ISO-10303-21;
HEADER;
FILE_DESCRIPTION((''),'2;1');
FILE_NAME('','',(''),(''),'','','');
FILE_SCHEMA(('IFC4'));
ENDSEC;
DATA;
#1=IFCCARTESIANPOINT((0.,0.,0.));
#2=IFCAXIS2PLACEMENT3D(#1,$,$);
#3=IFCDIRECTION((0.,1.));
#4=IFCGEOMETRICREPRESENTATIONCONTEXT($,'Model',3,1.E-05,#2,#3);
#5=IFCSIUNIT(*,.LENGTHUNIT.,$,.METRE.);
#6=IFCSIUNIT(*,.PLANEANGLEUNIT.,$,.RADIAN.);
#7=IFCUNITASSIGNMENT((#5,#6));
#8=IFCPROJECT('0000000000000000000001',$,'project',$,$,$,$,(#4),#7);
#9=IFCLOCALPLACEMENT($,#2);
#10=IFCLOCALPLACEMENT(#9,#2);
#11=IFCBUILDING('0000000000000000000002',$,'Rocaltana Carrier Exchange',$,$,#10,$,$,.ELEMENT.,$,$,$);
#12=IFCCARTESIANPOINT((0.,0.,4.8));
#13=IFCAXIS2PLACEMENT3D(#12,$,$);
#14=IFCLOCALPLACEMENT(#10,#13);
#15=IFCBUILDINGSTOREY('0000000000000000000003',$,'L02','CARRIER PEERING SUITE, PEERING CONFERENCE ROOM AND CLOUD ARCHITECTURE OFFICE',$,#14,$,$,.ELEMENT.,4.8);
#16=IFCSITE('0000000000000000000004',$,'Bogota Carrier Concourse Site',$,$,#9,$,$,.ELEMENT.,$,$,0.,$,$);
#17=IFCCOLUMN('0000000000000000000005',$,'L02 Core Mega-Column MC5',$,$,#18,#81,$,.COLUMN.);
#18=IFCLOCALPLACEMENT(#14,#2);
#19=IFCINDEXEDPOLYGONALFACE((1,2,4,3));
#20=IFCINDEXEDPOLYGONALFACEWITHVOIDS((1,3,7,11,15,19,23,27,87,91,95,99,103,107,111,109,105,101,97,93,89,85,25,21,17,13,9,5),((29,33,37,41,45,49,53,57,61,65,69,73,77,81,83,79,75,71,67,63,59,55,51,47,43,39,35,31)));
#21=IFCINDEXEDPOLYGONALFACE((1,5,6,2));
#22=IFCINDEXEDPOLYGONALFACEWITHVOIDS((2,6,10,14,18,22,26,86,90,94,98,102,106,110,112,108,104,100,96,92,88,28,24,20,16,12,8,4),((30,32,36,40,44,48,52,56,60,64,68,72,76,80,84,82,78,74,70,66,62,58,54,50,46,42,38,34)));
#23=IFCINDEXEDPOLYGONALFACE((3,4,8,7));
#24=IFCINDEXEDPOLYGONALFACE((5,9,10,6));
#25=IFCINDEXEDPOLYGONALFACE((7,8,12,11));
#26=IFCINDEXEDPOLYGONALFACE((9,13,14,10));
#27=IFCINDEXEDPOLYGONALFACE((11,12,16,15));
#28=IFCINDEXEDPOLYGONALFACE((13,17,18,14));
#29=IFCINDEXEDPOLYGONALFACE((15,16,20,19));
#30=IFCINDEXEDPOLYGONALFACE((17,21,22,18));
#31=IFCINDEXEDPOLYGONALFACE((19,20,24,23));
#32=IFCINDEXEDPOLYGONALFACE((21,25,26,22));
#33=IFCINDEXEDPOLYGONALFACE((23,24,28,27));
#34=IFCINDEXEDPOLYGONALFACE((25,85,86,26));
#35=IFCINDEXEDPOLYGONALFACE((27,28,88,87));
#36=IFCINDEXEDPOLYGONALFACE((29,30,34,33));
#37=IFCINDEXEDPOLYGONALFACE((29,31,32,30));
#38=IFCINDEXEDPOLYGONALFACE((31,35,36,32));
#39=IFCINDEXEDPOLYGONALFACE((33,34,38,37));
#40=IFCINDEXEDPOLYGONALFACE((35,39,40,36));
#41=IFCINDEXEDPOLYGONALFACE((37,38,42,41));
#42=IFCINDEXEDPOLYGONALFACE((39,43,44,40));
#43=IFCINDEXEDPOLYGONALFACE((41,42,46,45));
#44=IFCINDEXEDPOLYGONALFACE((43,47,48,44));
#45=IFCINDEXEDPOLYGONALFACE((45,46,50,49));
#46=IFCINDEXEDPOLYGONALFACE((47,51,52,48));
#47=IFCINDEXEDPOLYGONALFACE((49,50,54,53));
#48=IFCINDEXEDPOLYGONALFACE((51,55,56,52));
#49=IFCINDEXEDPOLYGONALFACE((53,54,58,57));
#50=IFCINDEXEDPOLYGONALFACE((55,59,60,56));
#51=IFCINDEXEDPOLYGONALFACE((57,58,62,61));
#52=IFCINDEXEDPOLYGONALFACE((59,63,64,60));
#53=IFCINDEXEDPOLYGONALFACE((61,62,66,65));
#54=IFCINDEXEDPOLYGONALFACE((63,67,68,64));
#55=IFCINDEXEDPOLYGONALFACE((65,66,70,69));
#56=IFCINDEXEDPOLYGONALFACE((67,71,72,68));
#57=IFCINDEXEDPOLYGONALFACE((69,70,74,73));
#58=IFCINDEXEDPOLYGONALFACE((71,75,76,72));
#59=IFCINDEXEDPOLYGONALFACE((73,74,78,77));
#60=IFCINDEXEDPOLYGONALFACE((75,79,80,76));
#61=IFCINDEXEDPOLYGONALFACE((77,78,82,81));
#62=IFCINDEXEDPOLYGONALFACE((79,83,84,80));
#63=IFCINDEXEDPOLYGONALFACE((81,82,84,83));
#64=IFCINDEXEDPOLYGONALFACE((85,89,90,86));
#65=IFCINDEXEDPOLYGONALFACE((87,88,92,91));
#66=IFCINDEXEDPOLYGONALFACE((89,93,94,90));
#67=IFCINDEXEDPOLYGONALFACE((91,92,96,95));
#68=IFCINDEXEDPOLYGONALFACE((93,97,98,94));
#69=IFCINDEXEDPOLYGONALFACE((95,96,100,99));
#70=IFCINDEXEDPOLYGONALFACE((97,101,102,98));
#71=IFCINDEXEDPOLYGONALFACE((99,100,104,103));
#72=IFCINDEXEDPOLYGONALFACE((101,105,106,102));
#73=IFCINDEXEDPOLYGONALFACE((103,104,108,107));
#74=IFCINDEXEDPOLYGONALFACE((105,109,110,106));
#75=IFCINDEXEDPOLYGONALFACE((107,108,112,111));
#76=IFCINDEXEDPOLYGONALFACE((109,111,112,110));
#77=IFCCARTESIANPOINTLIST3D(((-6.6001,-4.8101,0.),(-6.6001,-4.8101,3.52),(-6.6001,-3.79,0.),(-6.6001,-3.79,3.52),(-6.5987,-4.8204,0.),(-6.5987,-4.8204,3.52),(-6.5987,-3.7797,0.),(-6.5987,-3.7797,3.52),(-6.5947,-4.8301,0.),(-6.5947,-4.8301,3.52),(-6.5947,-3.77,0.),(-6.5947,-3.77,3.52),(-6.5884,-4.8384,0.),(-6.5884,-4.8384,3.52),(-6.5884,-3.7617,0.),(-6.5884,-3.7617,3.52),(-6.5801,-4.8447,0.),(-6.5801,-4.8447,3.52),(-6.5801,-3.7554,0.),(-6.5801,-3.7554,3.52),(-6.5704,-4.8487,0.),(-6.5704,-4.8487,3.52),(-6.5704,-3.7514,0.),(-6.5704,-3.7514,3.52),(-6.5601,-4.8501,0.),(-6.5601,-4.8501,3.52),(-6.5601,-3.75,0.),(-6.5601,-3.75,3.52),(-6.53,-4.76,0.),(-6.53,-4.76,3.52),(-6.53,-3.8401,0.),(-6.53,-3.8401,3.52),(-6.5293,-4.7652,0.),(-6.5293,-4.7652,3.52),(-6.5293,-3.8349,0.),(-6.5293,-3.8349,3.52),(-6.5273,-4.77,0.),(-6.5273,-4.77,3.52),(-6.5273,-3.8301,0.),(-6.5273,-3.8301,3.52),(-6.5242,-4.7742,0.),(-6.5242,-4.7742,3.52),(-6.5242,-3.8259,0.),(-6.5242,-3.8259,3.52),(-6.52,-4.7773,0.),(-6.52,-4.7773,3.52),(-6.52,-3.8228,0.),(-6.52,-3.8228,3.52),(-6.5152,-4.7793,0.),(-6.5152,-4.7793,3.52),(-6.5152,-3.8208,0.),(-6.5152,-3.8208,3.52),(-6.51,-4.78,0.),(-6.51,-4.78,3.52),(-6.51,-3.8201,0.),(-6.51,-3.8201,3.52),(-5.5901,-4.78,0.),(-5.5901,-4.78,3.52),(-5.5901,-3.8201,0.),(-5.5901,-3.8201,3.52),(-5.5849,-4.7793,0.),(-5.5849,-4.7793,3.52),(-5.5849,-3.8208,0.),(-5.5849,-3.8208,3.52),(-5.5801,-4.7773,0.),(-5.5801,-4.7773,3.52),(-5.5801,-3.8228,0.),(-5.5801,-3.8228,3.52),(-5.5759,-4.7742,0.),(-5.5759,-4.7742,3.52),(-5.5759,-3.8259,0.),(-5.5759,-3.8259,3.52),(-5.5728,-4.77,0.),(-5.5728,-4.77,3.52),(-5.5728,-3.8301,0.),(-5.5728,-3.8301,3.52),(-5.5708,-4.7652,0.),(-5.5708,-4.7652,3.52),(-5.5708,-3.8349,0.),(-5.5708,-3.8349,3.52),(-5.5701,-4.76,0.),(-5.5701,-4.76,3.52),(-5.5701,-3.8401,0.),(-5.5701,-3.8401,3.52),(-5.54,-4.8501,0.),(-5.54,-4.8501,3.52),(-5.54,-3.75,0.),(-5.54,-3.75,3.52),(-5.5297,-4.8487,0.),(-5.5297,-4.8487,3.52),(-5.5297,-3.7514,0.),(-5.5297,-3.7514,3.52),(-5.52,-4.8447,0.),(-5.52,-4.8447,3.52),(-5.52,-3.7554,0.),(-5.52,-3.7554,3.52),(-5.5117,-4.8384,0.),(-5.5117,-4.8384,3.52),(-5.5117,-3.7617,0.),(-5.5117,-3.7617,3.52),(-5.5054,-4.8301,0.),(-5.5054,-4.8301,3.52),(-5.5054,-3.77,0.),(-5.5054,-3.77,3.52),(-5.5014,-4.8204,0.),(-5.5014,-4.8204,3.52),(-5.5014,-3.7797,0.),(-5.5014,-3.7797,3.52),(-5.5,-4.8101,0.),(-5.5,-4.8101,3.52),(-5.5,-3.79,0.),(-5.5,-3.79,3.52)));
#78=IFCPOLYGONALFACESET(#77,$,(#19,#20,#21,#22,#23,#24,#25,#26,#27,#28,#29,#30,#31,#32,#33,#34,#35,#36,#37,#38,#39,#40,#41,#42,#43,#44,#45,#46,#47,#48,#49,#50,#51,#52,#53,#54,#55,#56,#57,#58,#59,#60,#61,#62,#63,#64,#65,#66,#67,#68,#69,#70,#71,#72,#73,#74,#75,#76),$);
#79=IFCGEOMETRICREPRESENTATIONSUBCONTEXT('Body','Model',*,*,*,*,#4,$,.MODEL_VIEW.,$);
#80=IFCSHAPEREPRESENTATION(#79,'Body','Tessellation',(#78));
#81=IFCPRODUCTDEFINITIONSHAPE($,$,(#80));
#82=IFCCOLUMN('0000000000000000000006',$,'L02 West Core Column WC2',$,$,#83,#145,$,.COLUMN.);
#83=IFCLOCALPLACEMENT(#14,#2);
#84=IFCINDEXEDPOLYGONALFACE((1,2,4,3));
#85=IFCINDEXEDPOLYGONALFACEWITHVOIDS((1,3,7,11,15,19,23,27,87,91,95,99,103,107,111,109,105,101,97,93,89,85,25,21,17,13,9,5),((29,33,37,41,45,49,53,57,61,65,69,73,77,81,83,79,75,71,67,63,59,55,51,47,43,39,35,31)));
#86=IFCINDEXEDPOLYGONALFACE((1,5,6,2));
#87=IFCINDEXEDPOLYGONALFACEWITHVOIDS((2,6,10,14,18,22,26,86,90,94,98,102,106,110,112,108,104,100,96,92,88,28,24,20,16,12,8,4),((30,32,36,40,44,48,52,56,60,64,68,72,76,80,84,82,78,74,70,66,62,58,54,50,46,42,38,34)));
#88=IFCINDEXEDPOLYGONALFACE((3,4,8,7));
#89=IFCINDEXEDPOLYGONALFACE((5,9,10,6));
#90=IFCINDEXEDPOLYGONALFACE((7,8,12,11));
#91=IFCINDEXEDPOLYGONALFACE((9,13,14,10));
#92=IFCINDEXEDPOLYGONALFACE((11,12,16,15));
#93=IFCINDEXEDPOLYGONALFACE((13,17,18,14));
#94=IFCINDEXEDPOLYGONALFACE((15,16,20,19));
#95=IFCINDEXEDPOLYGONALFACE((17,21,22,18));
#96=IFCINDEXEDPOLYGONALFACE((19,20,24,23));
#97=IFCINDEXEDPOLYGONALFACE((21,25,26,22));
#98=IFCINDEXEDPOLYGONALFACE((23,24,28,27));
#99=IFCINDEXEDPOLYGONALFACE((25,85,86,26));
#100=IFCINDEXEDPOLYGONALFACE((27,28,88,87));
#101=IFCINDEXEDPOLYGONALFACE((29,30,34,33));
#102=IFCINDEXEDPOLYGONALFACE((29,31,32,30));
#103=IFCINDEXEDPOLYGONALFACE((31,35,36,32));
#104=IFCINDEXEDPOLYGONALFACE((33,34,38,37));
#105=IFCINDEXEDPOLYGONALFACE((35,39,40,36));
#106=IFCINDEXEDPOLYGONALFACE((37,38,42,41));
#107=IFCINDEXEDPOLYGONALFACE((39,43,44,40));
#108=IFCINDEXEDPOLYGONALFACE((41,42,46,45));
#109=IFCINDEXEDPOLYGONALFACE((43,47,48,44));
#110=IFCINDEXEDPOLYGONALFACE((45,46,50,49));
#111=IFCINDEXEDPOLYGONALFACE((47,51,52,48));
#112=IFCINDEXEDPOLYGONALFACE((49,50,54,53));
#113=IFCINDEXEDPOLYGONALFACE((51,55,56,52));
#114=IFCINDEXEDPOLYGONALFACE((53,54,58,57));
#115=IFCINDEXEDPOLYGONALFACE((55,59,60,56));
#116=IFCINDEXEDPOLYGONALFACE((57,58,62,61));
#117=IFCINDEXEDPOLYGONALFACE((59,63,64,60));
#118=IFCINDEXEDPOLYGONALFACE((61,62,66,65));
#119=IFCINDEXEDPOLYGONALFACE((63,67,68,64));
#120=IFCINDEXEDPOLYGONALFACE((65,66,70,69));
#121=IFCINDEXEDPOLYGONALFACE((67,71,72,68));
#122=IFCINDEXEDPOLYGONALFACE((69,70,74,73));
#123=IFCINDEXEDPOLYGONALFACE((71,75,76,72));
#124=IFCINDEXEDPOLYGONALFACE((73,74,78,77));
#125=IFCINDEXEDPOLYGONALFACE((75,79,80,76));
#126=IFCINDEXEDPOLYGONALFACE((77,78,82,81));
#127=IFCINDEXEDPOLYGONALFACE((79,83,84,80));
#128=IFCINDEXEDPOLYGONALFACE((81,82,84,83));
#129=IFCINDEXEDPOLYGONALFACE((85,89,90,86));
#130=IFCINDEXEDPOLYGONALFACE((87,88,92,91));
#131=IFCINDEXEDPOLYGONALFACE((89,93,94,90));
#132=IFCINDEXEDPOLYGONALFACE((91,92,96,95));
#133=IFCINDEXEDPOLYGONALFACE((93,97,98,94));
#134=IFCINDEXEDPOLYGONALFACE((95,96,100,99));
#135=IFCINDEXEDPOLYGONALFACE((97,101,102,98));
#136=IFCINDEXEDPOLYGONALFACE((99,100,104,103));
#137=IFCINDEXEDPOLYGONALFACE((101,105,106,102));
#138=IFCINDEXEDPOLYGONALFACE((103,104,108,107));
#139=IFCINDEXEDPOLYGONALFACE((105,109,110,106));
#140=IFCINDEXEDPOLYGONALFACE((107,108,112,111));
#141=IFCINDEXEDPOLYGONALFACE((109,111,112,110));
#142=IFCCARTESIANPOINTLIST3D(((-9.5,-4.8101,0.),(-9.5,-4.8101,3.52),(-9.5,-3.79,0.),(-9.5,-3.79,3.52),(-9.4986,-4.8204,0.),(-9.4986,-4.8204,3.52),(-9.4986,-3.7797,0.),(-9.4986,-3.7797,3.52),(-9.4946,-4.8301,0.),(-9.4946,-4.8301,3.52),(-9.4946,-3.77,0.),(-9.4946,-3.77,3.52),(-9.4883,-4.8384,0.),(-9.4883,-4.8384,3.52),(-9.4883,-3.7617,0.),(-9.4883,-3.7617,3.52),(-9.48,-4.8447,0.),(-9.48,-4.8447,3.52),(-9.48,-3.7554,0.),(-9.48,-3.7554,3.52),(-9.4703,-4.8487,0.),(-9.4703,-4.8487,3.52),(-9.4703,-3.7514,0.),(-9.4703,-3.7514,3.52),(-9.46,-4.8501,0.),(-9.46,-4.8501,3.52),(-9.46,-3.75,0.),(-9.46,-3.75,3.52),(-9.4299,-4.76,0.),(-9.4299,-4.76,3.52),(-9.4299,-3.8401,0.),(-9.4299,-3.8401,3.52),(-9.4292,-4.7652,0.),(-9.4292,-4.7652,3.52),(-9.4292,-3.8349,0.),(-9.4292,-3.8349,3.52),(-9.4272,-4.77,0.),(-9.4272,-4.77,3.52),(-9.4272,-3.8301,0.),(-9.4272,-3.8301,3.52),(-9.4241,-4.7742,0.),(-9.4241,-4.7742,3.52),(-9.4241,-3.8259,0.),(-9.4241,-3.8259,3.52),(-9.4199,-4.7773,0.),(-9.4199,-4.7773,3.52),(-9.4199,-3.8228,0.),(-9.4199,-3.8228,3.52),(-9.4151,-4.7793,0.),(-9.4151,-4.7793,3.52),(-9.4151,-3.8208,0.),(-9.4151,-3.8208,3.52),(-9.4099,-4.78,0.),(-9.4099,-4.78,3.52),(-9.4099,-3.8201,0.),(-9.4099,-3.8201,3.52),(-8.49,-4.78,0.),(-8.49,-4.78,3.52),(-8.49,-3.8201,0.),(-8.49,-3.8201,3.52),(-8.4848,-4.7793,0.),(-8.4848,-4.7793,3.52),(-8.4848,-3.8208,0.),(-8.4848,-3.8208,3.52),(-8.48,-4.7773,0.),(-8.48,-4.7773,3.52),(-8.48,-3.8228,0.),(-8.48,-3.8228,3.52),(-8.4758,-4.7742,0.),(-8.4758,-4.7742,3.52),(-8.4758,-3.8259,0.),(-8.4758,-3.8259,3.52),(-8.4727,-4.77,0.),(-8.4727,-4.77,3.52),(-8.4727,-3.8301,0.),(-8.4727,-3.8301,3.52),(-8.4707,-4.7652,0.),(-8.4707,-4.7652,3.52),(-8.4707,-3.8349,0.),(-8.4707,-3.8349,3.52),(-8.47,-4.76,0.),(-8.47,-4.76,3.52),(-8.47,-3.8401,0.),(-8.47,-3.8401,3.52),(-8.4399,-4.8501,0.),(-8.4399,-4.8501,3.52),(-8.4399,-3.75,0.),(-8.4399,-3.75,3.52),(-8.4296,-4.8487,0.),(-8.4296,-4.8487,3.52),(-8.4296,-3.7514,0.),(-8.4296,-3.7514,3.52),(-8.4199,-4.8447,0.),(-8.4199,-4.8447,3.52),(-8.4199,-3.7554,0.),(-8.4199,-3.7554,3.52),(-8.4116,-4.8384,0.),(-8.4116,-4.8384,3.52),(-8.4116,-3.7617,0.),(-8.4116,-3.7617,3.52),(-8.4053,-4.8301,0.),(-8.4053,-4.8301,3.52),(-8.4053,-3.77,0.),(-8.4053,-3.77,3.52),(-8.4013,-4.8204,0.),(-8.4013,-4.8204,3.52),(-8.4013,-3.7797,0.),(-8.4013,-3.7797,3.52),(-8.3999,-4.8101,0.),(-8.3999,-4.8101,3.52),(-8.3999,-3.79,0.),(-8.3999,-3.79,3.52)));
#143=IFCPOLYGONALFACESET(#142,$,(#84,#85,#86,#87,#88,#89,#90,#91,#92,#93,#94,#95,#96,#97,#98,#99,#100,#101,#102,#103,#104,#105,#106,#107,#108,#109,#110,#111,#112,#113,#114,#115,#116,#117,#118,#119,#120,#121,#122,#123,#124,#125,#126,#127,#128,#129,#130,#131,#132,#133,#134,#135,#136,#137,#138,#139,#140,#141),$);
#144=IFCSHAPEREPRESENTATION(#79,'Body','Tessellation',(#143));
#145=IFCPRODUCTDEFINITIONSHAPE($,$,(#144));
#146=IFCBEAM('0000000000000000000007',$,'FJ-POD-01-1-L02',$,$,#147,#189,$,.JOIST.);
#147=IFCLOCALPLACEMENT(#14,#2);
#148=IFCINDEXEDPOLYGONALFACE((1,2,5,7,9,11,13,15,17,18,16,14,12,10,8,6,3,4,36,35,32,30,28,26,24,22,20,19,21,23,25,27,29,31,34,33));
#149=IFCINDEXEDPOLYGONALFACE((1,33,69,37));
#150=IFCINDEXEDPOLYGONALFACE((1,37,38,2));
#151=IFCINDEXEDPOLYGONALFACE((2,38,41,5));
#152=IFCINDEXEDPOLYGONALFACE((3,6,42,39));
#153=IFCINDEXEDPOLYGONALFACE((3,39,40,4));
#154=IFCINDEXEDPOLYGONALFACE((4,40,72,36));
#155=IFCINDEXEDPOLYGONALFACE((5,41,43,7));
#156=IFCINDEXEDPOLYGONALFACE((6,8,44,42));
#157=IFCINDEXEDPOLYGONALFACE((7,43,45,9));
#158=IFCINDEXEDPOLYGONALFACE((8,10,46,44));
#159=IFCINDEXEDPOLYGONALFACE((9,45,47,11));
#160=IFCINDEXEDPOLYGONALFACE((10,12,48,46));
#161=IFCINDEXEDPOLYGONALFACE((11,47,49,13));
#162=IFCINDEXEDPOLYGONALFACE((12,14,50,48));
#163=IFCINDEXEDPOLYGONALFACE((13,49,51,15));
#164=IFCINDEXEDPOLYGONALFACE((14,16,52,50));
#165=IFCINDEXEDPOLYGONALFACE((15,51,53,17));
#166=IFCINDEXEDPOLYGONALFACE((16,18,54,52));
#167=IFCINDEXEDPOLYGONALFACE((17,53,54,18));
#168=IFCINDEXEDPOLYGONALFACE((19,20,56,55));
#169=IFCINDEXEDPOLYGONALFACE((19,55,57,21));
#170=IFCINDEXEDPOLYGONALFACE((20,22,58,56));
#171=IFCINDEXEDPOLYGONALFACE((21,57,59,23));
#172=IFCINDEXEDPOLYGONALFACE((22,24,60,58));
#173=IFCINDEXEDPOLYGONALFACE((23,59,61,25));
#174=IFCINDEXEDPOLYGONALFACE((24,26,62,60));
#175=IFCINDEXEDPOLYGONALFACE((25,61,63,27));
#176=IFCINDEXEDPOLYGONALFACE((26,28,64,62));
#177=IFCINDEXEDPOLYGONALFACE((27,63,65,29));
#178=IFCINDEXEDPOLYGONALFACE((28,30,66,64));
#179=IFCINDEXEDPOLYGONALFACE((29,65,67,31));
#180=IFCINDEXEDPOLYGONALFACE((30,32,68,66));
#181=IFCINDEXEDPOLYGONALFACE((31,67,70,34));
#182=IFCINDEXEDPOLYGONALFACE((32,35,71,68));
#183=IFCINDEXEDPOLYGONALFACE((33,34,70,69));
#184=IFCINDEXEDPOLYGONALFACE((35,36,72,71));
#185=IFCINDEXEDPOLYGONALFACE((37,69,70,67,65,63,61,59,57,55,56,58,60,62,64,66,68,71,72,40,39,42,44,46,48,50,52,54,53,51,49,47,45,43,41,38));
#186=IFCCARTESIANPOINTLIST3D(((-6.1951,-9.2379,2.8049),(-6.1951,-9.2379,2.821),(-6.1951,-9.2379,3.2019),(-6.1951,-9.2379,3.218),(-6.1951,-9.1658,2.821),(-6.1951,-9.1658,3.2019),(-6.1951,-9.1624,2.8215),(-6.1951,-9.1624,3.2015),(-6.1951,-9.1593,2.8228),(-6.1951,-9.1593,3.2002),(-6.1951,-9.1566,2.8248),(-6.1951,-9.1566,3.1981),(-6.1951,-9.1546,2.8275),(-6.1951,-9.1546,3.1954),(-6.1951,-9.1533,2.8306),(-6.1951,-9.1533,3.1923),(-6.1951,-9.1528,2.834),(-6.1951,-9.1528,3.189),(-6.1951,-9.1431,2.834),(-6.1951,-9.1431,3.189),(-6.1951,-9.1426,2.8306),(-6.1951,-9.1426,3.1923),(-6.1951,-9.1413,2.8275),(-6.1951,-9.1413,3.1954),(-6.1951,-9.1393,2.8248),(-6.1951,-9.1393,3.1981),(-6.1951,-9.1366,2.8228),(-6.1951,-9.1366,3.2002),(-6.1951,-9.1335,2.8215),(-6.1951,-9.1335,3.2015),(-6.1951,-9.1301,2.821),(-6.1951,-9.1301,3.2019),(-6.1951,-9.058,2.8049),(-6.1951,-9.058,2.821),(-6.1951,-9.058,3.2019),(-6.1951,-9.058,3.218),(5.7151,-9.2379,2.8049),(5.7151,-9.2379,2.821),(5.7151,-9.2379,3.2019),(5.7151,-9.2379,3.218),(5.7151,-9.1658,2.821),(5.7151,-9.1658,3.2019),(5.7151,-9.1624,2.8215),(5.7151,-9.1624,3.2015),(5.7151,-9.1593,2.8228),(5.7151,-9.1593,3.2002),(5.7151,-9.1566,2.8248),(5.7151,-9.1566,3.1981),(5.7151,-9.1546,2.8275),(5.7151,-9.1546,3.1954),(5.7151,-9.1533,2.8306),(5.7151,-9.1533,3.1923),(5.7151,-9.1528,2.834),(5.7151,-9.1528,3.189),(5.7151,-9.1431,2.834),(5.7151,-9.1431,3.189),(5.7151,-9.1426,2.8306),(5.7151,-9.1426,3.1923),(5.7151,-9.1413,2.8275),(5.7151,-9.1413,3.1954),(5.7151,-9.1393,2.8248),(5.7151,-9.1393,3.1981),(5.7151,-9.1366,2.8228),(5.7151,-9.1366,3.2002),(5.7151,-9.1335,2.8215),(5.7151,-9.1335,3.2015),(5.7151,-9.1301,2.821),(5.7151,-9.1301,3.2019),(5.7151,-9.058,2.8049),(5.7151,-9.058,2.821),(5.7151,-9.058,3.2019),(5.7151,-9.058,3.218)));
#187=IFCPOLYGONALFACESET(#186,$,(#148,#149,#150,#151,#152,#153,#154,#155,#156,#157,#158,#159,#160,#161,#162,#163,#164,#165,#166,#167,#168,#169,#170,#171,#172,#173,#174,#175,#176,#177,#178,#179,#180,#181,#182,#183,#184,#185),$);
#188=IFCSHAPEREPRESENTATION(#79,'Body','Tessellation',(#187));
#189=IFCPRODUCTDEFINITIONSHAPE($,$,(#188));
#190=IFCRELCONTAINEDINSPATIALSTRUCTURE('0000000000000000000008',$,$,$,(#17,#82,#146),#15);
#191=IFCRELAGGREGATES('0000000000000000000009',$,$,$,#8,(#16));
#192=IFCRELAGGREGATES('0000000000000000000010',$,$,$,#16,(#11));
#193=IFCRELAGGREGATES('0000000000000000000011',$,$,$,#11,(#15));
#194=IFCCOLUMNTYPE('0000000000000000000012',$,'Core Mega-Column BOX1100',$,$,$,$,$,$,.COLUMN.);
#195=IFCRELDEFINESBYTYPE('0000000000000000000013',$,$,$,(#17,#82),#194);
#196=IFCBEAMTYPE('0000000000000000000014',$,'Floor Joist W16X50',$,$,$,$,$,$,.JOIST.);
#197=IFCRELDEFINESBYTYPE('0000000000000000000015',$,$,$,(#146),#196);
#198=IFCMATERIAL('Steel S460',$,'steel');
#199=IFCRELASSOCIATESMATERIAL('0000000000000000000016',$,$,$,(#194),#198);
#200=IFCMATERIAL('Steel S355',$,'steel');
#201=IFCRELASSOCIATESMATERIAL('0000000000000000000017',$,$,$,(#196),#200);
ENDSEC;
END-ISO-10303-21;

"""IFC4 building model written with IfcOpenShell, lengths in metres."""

from ifc_helpers import new_model, si_unit, direction, frame, origin, origin_2d, place, context, subcontext, project, spatial, hollow_rectangle, i_section, extrude, material, material_profile, profile_set, type_object, element, save


model = new_model("IFC4")

# Units and contexts
model_context = context("Model", 3, precision=1e-05, world=origin(), true_north=direction((0.0, 1.0)))
body_context = subcontext(model_context, "Body", "Model", "MODEL_VIEW")
ifc_project = project(units=[si_unit("LENGTHUNIT", "METRE"), si_unit("PLANEANGLEUNIT", "RADIAN")], contexts=[model_context])

# Site, building, storey
site_placement = place(None, origin())
site = spatial("IfcSite", under=ifc_project, at=site_placement, Name="Bogota Carrier Concourse Site", CompositionType="ELEMENT", RefElevation=0.0)
building_placement = place(site_placement, origin())
building = spatial("IfcBuilding", under=site, at=building_placement, Name="Rocaltana Carrier Exchange", CompositionType="ELEMENT")
storey_placement = place(building_placement, frame((0.0, 0.0, 4.8)))
storey = spatial("IfcBuildingStorey", under=building, at=storey_placement, Name="L02", Description="CARRIER PEERING SUITE, PEERING CONFERENCE ROOM AND CLOUD ARCHITECTURE OFFICE", CompositionType="ELEMENT", Elevation=4.8)

# Columns
ifc_material_1 = material(Name="Steel S460", Category="steel")
ifc_material_profile_1 = material_profile(ifc_material_1, hollow_rectangle(XDim=1.1001, YDim=1.1001, WallThickness=0.0701, InnerFilletRadius=0.02, OuterFilletRadius=0.04, at=origin_2d()), Name="BOX1100X1100X70")
ifc_profile_set_1 = profile_set([ifc_material_profile_1], Name="Steel S460")
column_type = type_object("IfcColumnType", Name="Core Mega-Column BOX1100", PredefinedType="COLUMN", material=ifc_profile_set_1)
for number, where, z_axis, x_axis, name in (
    (1, (-6.05, -4.3, 0.0), (0.0, 0.0, 1.0), (1.0, 0.0, 0.0), "L02 Core Mega-Column MC5"),
    (2, (-8.95, -4.3, 0.0), (0.0, 0.0, 1.0), (1.0, 0.0, 0.0), "L02 West Core Column WC2"),
):
    element("IfcColumn", number, at=place(storey_placement, frame(where, z_axis=z_axis, x_axis=x_axis)), inside=storey, type_object=column_type, Name=name, PredefinedType="COLUMN", context=body_context, shape_type="SweptSolid", body=[
        extrude(hollow_rectangle(XDim=1.1001, YDim=1.1001, WallThickness=0.0701, InnerFilletRadius=0.02, OuterFilletRadius=0.04, at=origin_2d()), origin(), (0.0, 0.0, 1.0), 3.52),
    ])

# Beam
ifc_material_2 = material(Name="Steel S355", Category="steel")
ifc_material_profile_2 = material_profile(ifc_material_2, i_section(OverallWidth=0.1799, OverallDepth=0.4131, WebThickness=0.0098, FlangeThickness=0.0161, FilletRadius=0.0129, at=origin_2d()), Name="W16X50")
ifc_profile_set_2 = profile_set([ifc_material_profile_2], Name="Steel S355")
beam_type_1 = type_object("IfcBeamType", Name="Floor Joist W16X50", PredefinedType="JOIST", material=ifc_profile_set_2)
beam_1_placement = place(storey_placement, frame((-6.1951, -9.1479, 3.0115), z_axis=(1.0, 0.0, 0.0), x_axis=(0.0, 1.0, 0.0)))
element("IfcBeam", 3, at=beam_1_placement, inside=storey, type_object=beam_type_1, Name="FJ-POD-01-1-L02", PredefinedType="JOIST", context=body_context, shape_type="SweptSolid", body=[
    extrude(i_section(OverallWidth=0.1799, OverallDepth=0.4131, WebThickness=0.0098, FlangeThickness=0.0161, FilletRadius=0.0129, at=origin_2d()), origin(), (0.0, 0.0, 1.0), 11.9102),
])

save(model, "model.ifc")
